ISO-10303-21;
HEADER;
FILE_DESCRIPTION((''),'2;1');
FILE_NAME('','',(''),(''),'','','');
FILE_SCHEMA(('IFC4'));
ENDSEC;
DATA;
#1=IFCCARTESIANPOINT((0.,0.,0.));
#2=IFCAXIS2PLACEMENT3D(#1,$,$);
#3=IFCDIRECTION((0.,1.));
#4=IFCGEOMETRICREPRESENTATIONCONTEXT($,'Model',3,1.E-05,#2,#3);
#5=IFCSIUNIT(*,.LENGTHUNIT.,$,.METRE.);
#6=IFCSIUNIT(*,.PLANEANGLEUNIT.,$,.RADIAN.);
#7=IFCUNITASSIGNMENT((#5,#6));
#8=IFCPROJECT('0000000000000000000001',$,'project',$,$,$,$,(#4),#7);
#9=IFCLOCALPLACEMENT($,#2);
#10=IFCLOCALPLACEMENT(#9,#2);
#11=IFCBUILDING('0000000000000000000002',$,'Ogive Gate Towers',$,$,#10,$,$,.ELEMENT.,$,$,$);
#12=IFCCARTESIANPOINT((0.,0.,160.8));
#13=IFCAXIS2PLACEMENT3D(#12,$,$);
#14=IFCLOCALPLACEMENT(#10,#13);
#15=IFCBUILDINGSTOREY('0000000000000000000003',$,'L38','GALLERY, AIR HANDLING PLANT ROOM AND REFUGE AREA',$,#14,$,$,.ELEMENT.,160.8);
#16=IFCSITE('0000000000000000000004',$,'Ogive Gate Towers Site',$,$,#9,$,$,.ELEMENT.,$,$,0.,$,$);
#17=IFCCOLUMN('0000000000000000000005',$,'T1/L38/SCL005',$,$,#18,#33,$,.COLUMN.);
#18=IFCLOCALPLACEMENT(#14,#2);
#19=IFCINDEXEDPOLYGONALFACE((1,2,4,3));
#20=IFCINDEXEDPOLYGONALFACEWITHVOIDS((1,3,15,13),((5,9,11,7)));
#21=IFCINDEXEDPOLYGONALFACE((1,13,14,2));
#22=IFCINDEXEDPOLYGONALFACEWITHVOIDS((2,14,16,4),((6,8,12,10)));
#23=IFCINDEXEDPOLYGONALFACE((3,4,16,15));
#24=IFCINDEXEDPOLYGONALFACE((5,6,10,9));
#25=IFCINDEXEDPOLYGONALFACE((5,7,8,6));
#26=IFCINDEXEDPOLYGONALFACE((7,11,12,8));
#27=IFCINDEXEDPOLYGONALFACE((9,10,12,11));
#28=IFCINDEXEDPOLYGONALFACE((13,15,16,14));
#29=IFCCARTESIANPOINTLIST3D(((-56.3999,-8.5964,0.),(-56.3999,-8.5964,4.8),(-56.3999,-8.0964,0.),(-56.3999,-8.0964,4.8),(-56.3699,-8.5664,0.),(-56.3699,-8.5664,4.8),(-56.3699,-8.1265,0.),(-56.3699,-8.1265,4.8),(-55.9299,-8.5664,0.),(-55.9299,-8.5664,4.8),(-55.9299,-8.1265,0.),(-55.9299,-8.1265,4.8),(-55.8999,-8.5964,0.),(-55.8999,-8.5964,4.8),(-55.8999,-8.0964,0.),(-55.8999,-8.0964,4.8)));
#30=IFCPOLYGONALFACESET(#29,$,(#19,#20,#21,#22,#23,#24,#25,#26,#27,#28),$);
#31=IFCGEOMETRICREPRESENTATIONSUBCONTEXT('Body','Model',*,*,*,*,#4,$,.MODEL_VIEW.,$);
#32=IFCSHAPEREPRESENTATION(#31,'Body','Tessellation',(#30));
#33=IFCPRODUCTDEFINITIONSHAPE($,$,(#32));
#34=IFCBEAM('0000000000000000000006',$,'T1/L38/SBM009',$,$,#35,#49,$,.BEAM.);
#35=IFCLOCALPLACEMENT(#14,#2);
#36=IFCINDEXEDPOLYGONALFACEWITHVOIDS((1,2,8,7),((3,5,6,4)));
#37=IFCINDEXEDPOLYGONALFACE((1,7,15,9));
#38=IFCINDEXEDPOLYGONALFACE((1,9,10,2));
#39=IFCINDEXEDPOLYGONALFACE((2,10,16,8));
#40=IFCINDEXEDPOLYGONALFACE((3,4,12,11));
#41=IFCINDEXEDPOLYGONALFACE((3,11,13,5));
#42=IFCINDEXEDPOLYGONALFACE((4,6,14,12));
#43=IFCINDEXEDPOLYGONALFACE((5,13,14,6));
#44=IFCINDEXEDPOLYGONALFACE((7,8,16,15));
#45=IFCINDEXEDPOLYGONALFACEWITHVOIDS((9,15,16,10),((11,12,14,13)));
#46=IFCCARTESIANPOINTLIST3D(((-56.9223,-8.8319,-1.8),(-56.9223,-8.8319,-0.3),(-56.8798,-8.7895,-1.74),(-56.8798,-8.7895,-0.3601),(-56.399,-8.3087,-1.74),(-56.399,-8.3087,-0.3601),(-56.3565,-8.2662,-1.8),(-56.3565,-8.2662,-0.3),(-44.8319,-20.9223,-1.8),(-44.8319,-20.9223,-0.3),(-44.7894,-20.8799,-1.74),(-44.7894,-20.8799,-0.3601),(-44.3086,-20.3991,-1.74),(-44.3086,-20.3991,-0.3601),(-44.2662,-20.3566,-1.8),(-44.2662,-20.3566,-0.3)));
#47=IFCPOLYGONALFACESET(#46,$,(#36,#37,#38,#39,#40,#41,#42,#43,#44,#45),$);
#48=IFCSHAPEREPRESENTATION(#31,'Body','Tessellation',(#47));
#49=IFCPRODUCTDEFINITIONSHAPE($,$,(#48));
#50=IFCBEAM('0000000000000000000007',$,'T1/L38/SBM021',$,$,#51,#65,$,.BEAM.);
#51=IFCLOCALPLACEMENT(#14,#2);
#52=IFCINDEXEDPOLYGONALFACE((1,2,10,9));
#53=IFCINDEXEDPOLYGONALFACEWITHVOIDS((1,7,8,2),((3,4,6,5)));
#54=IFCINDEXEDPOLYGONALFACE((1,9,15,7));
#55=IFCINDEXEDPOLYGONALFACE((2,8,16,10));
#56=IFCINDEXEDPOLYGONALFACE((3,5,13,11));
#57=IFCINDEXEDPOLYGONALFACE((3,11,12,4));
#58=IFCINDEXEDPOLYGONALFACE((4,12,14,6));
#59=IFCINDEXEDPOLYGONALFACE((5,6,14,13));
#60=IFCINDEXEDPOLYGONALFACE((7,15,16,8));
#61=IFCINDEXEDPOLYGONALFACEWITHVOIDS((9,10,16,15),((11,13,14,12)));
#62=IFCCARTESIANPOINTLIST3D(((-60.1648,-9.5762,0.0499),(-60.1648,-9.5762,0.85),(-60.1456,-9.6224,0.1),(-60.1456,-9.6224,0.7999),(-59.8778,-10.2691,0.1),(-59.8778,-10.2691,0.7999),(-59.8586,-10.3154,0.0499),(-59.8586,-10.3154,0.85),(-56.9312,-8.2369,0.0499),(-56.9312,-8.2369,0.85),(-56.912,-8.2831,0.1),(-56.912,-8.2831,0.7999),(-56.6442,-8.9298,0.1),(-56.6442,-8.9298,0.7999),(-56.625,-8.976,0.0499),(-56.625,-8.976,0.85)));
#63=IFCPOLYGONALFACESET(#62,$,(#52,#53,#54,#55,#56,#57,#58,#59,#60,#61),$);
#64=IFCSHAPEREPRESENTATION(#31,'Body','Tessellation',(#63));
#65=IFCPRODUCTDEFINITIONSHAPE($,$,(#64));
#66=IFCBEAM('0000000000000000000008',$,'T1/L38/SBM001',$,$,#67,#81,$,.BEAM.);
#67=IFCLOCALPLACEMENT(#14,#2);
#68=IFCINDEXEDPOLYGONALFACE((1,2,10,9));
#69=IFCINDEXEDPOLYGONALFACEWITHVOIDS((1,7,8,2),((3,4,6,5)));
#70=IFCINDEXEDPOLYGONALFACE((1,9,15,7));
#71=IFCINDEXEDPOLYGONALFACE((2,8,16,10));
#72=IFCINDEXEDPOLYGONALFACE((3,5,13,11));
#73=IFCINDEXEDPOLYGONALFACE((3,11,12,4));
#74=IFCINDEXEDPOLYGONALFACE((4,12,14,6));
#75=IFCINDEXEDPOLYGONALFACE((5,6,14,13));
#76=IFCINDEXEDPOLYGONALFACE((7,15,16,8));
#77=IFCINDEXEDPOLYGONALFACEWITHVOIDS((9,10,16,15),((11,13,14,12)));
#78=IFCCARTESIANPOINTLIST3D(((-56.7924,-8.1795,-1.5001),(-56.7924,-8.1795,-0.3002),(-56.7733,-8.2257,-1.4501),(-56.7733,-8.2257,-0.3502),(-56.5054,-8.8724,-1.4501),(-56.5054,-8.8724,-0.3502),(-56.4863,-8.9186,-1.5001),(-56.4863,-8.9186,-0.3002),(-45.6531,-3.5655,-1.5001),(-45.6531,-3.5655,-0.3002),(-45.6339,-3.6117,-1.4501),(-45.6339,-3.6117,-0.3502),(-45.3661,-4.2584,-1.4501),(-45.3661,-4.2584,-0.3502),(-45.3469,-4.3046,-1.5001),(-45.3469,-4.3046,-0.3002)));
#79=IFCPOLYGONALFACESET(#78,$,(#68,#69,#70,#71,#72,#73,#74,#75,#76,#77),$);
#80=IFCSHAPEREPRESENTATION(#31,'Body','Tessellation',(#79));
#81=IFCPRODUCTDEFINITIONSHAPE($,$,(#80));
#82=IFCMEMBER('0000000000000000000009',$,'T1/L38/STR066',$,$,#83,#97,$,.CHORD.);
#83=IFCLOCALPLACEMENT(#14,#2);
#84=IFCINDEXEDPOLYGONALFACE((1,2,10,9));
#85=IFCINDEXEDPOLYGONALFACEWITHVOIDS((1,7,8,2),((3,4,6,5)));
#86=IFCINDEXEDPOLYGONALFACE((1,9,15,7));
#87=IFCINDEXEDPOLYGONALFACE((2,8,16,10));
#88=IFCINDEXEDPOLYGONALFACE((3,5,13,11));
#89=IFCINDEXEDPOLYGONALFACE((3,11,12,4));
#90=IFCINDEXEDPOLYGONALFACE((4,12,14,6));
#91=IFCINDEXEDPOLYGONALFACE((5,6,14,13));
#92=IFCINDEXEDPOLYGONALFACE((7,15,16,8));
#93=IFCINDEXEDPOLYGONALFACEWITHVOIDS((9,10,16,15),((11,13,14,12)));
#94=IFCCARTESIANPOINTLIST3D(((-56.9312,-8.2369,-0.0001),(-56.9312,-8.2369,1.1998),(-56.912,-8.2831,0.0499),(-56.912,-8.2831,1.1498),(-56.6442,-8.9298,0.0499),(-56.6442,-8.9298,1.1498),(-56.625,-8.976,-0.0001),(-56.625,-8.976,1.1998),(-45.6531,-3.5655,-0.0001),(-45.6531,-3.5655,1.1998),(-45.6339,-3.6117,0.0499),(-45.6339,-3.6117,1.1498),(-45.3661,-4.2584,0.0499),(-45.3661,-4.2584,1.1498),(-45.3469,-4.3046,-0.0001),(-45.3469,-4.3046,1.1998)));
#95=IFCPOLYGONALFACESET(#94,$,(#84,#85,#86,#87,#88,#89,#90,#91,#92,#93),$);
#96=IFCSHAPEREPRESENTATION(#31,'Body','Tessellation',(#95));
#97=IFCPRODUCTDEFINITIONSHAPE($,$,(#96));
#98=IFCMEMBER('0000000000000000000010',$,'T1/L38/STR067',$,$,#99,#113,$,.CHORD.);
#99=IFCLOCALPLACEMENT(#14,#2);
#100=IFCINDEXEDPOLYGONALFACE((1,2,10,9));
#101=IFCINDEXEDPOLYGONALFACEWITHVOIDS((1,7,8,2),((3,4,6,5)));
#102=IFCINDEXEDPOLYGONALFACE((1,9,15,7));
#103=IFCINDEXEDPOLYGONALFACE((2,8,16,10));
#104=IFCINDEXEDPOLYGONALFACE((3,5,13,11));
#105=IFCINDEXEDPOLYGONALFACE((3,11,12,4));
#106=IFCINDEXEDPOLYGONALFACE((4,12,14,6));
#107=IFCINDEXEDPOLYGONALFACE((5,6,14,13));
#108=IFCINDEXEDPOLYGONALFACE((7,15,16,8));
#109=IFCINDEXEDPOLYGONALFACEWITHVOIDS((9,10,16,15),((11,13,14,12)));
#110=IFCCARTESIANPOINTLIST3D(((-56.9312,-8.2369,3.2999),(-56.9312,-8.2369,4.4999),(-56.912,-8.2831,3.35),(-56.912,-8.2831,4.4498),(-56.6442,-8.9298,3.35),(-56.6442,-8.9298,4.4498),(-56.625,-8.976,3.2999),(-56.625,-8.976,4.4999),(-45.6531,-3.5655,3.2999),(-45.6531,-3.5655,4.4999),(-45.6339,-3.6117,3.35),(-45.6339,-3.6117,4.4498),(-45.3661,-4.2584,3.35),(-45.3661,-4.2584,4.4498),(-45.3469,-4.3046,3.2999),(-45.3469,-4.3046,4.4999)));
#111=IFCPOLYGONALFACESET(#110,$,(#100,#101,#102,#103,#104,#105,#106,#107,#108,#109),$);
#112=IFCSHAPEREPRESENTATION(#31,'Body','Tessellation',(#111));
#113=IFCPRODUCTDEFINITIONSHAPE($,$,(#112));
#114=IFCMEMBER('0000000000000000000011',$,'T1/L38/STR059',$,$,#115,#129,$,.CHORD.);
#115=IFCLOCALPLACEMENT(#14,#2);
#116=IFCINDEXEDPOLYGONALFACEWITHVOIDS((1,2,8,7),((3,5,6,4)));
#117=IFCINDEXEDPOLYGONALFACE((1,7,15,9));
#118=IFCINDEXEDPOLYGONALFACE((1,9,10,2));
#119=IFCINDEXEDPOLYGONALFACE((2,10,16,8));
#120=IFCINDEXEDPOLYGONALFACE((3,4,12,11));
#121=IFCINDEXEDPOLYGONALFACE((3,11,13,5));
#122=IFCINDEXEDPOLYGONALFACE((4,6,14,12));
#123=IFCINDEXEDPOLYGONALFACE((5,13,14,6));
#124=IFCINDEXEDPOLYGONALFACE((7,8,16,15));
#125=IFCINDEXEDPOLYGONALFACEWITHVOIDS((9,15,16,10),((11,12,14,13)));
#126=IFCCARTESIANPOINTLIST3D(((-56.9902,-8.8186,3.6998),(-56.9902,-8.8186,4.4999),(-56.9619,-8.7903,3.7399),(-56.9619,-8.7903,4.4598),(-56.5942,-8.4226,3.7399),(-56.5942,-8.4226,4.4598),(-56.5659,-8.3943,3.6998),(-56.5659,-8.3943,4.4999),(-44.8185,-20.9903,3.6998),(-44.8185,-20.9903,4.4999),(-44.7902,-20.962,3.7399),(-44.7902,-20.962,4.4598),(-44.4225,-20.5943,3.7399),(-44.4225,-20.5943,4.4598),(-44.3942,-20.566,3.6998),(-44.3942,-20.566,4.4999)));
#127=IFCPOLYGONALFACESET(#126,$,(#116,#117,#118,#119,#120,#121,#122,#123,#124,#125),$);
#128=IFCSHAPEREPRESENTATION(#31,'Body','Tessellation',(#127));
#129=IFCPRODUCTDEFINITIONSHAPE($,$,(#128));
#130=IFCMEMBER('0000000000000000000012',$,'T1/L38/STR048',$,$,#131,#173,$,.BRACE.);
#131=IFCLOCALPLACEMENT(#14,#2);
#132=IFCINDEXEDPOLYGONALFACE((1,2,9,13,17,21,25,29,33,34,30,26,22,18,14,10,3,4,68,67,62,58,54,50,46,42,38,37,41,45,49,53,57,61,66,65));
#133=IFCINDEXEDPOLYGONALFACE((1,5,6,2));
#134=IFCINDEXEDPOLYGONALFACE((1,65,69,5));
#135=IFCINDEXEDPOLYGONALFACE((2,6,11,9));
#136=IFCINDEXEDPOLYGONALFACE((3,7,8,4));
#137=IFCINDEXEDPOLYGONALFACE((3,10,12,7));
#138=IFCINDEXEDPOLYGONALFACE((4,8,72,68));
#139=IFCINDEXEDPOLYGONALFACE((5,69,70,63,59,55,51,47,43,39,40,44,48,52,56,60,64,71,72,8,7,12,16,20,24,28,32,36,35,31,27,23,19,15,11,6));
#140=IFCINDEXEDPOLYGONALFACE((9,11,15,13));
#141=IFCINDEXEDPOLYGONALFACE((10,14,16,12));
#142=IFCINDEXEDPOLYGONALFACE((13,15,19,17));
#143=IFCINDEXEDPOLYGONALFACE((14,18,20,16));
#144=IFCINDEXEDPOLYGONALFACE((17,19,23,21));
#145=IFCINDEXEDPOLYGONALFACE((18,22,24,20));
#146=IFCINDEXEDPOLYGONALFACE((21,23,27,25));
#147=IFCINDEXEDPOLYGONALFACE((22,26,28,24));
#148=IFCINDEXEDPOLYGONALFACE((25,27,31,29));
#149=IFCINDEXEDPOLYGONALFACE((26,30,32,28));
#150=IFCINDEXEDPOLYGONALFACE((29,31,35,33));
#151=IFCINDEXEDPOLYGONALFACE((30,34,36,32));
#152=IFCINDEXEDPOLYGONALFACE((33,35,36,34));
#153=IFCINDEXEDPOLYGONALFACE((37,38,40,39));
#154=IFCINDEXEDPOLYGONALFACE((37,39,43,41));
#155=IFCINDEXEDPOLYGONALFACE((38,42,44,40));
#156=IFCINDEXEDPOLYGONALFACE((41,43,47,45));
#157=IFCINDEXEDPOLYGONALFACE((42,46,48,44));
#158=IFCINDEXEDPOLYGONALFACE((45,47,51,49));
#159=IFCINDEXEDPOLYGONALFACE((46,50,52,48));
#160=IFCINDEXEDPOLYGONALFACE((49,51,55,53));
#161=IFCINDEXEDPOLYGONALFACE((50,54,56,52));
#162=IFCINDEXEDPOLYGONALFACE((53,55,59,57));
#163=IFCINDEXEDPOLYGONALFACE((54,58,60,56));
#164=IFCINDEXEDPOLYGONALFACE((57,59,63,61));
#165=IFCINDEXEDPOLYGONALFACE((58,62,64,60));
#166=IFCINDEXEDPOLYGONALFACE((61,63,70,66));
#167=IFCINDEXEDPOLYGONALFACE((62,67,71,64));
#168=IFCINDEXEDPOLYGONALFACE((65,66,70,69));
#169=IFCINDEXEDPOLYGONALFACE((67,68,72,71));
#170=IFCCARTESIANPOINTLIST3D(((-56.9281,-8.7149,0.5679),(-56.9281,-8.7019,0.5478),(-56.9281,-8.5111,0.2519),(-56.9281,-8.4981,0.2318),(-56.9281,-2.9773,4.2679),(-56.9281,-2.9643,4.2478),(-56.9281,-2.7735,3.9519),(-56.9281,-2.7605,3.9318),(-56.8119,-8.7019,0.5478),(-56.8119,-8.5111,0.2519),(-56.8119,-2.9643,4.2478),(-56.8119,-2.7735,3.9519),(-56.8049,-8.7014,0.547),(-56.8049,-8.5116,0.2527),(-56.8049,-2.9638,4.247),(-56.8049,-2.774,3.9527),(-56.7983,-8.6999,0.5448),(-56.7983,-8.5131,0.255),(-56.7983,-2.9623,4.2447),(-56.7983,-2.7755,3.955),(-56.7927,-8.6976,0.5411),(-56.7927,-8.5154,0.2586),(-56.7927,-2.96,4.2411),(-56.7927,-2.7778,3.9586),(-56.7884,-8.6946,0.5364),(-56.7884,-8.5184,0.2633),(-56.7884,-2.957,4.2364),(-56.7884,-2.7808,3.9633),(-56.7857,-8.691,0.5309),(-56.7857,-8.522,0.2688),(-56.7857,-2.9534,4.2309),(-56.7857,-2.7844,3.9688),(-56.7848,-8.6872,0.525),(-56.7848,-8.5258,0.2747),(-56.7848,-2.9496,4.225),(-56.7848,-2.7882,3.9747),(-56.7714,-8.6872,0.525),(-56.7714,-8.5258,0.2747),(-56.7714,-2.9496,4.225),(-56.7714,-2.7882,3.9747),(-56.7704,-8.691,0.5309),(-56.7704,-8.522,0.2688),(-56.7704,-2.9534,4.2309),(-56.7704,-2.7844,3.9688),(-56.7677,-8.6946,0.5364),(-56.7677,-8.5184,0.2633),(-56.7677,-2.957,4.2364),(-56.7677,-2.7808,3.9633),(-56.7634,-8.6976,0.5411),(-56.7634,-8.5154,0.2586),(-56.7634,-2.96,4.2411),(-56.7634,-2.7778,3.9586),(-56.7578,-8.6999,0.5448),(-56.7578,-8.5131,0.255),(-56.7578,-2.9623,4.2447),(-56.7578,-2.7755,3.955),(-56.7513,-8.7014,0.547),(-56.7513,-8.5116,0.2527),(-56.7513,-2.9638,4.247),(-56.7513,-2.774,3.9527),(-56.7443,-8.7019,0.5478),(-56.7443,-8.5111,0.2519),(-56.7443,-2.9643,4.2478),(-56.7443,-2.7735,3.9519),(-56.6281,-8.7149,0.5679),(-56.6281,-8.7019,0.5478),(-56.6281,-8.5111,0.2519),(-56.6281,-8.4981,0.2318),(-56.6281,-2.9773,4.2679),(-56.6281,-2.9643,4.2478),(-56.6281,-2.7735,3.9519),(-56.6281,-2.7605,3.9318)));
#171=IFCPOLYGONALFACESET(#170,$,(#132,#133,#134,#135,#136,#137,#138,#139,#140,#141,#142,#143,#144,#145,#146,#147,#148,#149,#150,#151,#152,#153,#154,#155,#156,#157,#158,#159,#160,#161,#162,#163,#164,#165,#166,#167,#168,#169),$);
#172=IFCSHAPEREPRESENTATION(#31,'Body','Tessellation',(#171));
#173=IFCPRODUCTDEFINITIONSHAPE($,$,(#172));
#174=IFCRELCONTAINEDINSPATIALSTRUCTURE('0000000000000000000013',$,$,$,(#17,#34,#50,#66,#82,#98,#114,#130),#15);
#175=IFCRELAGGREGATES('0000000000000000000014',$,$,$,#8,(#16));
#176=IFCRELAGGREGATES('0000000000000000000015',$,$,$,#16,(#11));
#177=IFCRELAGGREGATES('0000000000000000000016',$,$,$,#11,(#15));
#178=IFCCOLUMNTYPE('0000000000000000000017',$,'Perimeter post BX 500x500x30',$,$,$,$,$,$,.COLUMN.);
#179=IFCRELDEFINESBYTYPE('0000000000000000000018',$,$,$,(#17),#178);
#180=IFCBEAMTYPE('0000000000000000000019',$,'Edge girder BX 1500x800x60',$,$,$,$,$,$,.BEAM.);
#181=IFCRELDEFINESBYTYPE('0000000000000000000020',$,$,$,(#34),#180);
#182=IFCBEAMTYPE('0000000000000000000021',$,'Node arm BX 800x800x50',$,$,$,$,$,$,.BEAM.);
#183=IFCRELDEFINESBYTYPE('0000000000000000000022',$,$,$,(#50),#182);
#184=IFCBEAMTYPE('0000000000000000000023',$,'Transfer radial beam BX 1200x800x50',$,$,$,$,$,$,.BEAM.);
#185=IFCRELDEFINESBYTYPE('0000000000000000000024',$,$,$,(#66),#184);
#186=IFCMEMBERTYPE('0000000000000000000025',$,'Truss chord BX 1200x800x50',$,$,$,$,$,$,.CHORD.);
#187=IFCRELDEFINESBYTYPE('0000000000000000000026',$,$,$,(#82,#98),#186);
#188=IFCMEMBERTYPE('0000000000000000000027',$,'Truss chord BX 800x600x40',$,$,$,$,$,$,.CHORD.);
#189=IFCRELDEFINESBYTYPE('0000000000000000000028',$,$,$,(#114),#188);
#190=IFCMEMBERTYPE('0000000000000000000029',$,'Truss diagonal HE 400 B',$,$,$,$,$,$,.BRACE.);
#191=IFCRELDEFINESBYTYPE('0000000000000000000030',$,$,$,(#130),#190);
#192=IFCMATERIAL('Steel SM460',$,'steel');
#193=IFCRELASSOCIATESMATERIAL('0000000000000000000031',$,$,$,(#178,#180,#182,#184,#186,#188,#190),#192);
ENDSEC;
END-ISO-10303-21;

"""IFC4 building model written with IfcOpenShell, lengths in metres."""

from ifc_helpers import new_model, si_unit, direction, frame, origin, origin_2d, place, context, subcontext, project, spatial, hollow_rectangle, i_section, extrude, material, material_profile, profile_set, type_object, element, save


model = new_model("IFC4")

# Units and contexts
model_context = context("Model", 3, precision=1e-05, world=origin(), true_north=direction((0.0, 1.0)))
body_context = subcontext(model_context, "Body", "Model", "MODEL_VIEW")
ifc_project = project(units=[si_unit("LENGTHUNIT", "METRE"), si_unit("PLANEANGLEUNIT", "RADIAN")], contexts=[model_context])

# Site, building, storey
site_placement = place(None, origin())
site = spatial("IfcSite", under=ifc_project, at=site_placement, Name="Ogive Gate Towers Site", CompositionType="ELEMENT", RefElevation=0.0)
building_placement = place(site_placement, origin())
building = spatial("IfcBuilding", under=site, at=building_placement, Name="Ogive Gate Towers", CompositionType="ELEMENT")
storey_placement = place(building_placement, frame((0.0, 0.0, 160.8)))
storey = spatial("IfcBuildingStorey", under=building, at=storey_placement, Name="L38", Description="GALLERY, AIR HANDLING PLANT ROOM AND REFUGE AREA", CompositionType="ELEMENT", Elevation=160.8)

# Column
ifc_material_1 = material(Name="Steel SM460", Category="steel")
ifc_material_profile_1 = material_profile(ifc_material_1, hollow_rectangle(XDim=0.5, YDim=0.5, WallThickness=0.03, at=origin_2d()), Name="BX 500x500x30")
ifc_profile_set_1 = profile_set([ifc_material_profile_1], Name="Steel SM460")
column_type = type_object("IfcColumnType", Name="Perimeter post BX 500x500x30", PredefinedType="COLUMN", material=ifc_profile_set_1)
column_placement = place(storey_placement, frame((-56.1499, -8.3464, 0.0), z_axis=(0.0, 0.0, 1.0), x_axis=(1.0, 0.0, 0.0)))
element("IfcColumn", 1, at=column_placement, inside=storey, type_object=column_type, Name="T1/L38/SCL005", PredefinedType="COLUMN", context=body_context, shape_type="SweptSolid", body=[
    extrude(hollow_rectangle(XDim=0.5, YDim=0.5, WallThickness=0.03, at=origin_2d()), origin(), (0.0, 0.0, 1.0), 4.8),
])

# Beams
ifc_material_profile_2 = material_profile(ifc_material_1, hollow_rectangle(XDim=0.8, YDim=1.5, WallThickness=0.0601, at=origin_2d()), Name="BX 1500x800x60")
ifc_profile_set_2 = profile_set([ifc_material_profile_2], Name="Steel SM460")
beam_type_1 = type_object("IfcBeamType", Name="Edge girder BX 1500x800x60", PredefinedType="BEAM", material=ifc_profile_set_2)
beam_1_placement = place(storey_placement, frame((-56.6394, -8.5491, -1.05), z_axis=(0.707107, -0.707107, 0.0), x_axis=(0.707107, 0.707107, 0.0)))
element("IfcBeam", 2, at=beam_1_placement, inside=storey, type_object=beam_type_1, Name="T1/L38/SBM009", PredefinedType="BEAM", context=body_context, shape_type="SweptSolid", body=[
    extrude(hollow_rectangle(XDim=0.8, YDim=1.5, WallThickness=0.0601, at=origin_2d()), origin(), (0.0, 0.0, 1.0), 17.0984),
])
ifc_material_profile_3 = material_profile(ifc_material_1, hollow_rectangle(XDim=0.8, YDim=0.8, WallThickness=0.05, at=origin_2d()), Name="BX 800x800x50")
ifc_profile_set_3 = profile_set([ifc_material_profile_3], Name="Steel SM460")
beam_type_2 = type_object("IfcBeamType", Name="Node arm BX 800x800x50", PredefinedType="BEAM", material=ifc_profile_set_3)
beam_2_placement = place(storey_placement, frame((-56.7781, -8.6064, 0.45), z_axis=(-0.923886, -0.382668, 0.0), x_axis=(0.382668, -0.923886, 0.0)))
element("IfcBeam", 3, at=beam_2_placement, inside=storey, type_object=beam_type_2, Name="T1/L38/SBM021", PredefinedType="BEAM", context=body_context, shape_type="SweptSolid", body=[
    extrude(hollow_rectangle(XDim=0.8, YDim=0.8, WallThickness=0.05, at=origin_2d()), origin(), (0.0, 0.0, 1.0), 3.5),
])
ifc_material_profile_4 = material_profile(ifc_material_1, hollow_rectangle(XDim=0.8, YDim=1.2, WallThickness=0.05, at=origin_2d()), Name="BX 1200x800x50")
ifc_profile_set_4 = profile_set([ifc_material_profile_4], Name="Steel SM460")
beam_type_3 = type_object("IfcBeamType", Name="Transfer radial beam BX 1200x800x50", PredefinedType="BEAM", material=ifc_profile_set_4)
beam_3_placement = place(storey_placement, frame((-45.5, -3.9351, -0.9001), z_axis=(-0.923882, -0.382678, 0.0), x_axis=(0.382678, -0.923882, 0.0)))
element("IfcBeam", 4, at=beam_3_placement, inside=storey, type_object=beam_type_3, Name="T1/L38/SBM001", PredefinedType="BEAM", context=body_context, shape_type="SweptSolid", body=[
    extrude(hollow_rectangle(XDim=0.8, YDim=1.2, WallThickness=0.05, at=origin_2d()), origin(), (0.0, 0.0, 1.0), 12.0571),
])

# Members
ifc_material_profile_5 = material_profile(ifc_material_1, hollow_rectangle(XDim=0.8, YDim=1.2, WallThickness=0.05, at=origin_2d()), Name="BX 1200x800x50")
ifc_profile_set_5 = profile_set([ifc_material_profile_5], Name="Steel SM460")
member_type_1 = type_object("IfcMemberType", Name="Truss chord BX 1200x800x50", PredefinedType="CHORD", material=ifc_profile_set_5)
for number, where, z_axis, x_axis, name in (
    (5, (-45.5, -3.9351, 0.5999), (-0.923884, -0.382673, 0.0), (0.382673, -0.923884, 0.0), "T1/L38/STR066"),
    (6, (-45.5, -3.9351, 3.8999), (-0.923884, -0.382673, 0.0), (0.382673, -0.923884, 0.0), "T1/L38/STR067"),
):
    element("IfcMember", number, at=place(storey_placement, frame(where, z_axis=z_axis, x_axis=x_axis)), inside=storey, type_object=member_type_1, Name=name, PredefinedType="CHORD", context=body_context, shape_type="SweptSolid", body=[
        extrude(hollow_rectangle(XDim=0.8, YDim=1.2, WallThickness=0.05, at=origin_2d()), origin(), (0.0, 0.0, 1.0), 12.2073),
    ])
ifc_material_profile_6 = material_profile(ifc_material_1, hollow_rectangle(XDim=0.6001, YDim=0.8, WallThickness=0.04, at=origin_2d()), Name="BX 800x600x40")
ifc_profile_set_6 = profile_set([ifc_material_profile_6], Name="Steel SM460")
member_type_2 = type_object("IfcMemberType", Name="Truss chord BX 800x600x40", PredefinedType="CHORD", material=ifc_profile_set_6)
member_1_placement = place(storey_placement, frame((-56.7781, -8.6064, 4.0999), z_axis=(0.707107, -0.707107, 0.0), x_axis=(0.707107, 0.707107, 0.0)))
element("IfcMember", 7, at=member_1_placement, inside=storey, type_object=member_type_2, Name="T1/L38/STR059", PredefinedType="CHORD", context=body_context, shape_type="SweptSolid", body=[
    extrude(hollow_rectangle(XDim=0.6001, YDim=0.8, WallThickness=0.04, at=origin_2d()), origin(), (0.0, 0.0, 1.0), 17.2134),
])
ifc_material_profile_7 = material_profile(ifc_material_1, i_section(OverallWidth=0.3, OverallDepth=0.3999, WebThickness=0.0134, FlangeThickness=0.0239, FilletRadius=0.0271, at=origin_2d()), Name="HE 400 B")
ifc_profile_set_7 = profile_set([ifc_material_profile_7], Name="Steel SM460")
member_type_3 = type_object("IfcMemberType", Name="Truss diagonal HE 400 B", PredefinedType="BRACE", material=ifc_profile_set_7)
for number, where, z_axis, x_axis, name in (
    (8, (-56.7781, -2.8689, 4.0999), (0.0, -0.84041, -0.541952), (1.0, 0.0, 0.0), "T1/L38/STR048"),
):
    element("IfcMember", number, at=place(storey_placement, frame(where, z_axis=z_axis, x_axis=x_axis)), inside=storey, type_object=member_type_3, Name=name, PredefinedType="BRACE", context=body_context, shape_type="SweptSolid", body=[
        extrude(i_section(OverallWidth=0.3, OverallDepth=0.3999, WebThickness=0.0134, FlangeThickness=0.0239, FilletRadius=0.0271, at=origin_2d()), origin(), (0.0, 0.0, 1.0), 6.8271),
    ])

save(model, "model.ifc")
